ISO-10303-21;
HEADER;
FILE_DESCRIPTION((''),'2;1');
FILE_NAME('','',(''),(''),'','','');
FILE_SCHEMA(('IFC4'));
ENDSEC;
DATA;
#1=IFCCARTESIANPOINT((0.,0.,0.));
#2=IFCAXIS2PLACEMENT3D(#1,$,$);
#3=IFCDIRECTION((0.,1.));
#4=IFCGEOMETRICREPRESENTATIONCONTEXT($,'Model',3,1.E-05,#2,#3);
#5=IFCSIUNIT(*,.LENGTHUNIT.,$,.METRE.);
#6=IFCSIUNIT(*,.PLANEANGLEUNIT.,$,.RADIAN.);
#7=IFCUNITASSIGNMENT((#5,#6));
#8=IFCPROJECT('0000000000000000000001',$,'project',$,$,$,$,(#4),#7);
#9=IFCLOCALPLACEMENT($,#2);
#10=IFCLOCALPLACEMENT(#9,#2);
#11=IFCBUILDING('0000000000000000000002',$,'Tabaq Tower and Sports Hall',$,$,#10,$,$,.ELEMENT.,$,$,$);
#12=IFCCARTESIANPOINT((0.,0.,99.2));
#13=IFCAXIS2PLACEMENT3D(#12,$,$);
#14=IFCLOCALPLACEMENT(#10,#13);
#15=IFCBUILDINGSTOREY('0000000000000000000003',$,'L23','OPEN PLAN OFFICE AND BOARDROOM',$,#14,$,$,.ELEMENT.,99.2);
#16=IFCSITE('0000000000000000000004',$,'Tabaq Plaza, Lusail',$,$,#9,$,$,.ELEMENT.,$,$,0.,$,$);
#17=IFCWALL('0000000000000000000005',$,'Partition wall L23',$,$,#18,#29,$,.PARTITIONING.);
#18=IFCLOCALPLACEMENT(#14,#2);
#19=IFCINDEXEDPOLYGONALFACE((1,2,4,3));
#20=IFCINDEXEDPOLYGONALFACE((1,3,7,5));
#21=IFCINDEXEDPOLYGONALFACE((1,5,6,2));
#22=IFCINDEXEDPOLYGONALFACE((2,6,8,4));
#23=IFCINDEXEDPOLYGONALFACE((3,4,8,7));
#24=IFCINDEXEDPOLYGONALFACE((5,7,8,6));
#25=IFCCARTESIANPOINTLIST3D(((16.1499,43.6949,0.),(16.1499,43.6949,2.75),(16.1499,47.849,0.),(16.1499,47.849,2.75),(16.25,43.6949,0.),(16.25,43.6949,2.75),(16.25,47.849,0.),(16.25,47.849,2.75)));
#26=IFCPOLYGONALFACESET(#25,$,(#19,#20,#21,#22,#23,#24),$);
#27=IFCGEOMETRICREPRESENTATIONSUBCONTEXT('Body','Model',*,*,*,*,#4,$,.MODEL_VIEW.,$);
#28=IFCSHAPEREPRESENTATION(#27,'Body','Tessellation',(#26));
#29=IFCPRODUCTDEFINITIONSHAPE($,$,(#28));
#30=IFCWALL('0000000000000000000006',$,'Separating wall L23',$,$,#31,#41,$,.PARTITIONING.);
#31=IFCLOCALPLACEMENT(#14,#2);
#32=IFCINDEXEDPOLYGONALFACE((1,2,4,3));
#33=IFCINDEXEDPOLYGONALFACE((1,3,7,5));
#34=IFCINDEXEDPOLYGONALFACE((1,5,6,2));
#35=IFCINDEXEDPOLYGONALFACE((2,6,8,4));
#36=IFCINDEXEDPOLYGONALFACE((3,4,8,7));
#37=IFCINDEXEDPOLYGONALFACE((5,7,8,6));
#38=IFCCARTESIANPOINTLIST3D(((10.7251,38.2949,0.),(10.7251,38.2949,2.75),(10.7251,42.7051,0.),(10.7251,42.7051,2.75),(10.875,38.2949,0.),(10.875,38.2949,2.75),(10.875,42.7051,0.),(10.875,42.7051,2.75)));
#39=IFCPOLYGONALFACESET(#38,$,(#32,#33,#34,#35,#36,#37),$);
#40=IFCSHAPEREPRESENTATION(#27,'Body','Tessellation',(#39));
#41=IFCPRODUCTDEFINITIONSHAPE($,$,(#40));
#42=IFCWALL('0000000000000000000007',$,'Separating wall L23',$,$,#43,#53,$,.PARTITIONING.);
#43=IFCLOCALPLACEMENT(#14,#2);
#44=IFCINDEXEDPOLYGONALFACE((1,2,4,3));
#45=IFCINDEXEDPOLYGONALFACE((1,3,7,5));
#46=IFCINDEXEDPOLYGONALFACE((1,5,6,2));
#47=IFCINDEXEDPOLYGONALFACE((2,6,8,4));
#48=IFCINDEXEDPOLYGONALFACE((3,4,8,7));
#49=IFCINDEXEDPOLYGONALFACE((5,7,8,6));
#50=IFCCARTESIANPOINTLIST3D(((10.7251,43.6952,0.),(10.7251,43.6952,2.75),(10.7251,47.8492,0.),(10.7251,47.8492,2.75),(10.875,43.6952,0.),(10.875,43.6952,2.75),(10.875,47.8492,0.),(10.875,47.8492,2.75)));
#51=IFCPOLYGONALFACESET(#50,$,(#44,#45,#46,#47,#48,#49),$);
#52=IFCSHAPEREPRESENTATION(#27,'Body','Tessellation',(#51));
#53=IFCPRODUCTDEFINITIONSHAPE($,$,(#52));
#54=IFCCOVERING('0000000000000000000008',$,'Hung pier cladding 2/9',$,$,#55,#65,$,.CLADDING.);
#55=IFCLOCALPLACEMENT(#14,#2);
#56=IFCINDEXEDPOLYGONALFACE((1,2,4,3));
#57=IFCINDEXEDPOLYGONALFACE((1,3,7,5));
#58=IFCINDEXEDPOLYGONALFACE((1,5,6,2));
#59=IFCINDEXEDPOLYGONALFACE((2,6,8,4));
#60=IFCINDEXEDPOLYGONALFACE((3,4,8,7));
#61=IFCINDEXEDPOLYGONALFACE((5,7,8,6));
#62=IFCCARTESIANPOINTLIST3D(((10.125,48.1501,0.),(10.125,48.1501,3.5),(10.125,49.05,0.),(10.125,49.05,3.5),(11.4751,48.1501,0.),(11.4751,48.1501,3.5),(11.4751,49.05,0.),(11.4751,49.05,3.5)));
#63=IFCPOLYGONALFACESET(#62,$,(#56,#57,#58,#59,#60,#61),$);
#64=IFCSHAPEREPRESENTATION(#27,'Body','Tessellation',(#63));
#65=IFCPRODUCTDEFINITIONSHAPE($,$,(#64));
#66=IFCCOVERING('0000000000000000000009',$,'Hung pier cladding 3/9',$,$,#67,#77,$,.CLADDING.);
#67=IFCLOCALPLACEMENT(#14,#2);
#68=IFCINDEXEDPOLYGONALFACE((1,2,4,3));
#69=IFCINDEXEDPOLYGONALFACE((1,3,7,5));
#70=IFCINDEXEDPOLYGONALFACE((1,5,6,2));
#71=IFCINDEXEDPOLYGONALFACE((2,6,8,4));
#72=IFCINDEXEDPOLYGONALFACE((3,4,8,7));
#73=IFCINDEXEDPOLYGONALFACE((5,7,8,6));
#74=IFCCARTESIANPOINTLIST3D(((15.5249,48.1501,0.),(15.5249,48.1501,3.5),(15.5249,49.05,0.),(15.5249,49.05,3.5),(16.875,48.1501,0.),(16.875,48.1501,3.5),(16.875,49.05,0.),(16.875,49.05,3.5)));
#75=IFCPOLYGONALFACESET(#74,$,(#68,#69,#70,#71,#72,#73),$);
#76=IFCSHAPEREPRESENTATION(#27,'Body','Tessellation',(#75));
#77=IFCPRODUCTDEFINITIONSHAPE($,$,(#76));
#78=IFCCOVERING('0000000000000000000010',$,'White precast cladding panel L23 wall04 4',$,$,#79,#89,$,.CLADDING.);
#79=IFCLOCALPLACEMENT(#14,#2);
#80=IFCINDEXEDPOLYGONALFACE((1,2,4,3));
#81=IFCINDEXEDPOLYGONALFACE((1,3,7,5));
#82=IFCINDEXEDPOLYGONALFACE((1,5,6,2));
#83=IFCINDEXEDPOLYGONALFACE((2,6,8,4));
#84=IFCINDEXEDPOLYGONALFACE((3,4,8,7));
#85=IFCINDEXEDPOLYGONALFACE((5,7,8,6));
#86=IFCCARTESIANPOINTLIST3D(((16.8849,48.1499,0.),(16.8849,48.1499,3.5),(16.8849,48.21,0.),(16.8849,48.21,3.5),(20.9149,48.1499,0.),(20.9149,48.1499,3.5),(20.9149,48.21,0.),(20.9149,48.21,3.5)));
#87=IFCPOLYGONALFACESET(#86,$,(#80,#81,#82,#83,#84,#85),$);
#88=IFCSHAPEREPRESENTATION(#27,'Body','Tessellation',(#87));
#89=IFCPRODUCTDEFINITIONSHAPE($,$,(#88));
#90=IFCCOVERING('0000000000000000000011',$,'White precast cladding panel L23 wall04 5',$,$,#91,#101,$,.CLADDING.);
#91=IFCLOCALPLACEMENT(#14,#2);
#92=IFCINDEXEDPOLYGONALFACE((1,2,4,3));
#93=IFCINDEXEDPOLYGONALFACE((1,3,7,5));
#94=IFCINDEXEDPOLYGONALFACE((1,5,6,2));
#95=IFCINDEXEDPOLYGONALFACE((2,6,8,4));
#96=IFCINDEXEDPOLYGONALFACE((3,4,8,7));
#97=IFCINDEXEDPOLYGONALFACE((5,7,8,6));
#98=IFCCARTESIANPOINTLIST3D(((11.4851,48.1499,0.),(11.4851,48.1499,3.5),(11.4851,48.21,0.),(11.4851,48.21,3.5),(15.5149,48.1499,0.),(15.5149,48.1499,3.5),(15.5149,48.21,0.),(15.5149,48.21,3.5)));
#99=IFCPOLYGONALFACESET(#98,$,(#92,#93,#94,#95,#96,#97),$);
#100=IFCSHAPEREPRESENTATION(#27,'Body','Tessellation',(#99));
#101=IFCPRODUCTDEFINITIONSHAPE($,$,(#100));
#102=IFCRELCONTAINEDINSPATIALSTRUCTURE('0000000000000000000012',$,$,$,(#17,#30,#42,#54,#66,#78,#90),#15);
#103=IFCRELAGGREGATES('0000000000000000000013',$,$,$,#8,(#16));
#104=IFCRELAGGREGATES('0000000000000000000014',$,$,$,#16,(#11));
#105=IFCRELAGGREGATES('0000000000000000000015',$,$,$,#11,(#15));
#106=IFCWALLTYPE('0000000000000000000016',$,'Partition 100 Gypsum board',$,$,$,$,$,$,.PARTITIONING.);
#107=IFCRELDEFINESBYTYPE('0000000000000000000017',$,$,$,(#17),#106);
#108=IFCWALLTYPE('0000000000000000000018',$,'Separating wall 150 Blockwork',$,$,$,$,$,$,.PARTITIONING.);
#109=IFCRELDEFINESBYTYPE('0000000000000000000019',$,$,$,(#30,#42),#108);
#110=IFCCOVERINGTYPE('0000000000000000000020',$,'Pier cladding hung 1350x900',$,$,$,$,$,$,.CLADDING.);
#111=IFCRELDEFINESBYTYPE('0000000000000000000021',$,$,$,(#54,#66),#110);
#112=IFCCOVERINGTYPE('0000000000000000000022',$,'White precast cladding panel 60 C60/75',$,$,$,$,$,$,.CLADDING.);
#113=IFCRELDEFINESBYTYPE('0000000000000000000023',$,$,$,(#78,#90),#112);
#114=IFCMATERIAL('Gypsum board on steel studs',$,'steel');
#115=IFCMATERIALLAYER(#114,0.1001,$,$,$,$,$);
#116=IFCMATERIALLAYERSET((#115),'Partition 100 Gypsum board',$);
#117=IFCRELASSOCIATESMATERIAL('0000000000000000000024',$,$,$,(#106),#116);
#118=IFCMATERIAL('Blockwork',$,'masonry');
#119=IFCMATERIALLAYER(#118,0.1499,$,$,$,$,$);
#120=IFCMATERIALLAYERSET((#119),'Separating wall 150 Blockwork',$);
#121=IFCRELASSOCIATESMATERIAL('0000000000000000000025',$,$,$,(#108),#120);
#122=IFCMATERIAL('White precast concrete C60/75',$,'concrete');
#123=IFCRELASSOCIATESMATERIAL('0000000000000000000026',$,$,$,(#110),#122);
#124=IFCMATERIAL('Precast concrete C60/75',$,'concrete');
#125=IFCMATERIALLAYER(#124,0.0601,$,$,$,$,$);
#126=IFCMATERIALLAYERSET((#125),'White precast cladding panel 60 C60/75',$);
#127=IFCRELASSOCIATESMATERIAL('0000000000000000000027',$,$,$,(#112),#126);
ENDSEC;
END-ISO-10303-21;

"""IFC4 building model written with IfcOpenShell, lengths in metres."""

from ifc_helpers import new_model, si_unit, direction, frame, frame_2d, origin, place, context, subcontext, project, spatial, rectangle, extrude, material, layer, layer_set, type_object, element, save


model = new_model("IFC4")

# Units and contexts
model_context = context("Model", 3, precision=1e-05, world=origin(), true_north=direction((0.0, 1.0)))
body_context = subcontext(model_context, "Body", "Model", "MODEL_VIEW")
ifc_project = project(units=[si_unit("LENGTHUNIT", "METRE"), si_unit("PLANEANGLEUNIT", "RADIAN")], contexts=[model_context])

# Site, building, storey
site_placement = place(None, origin())
site = spatial("IfcSite", under=ifc_project, at=site_placement, Name="Tabaq Plaza, Lusail", CompositionType="ELEMENT", RefElevation=0.0)
building_placement = place(site_placement, origin())
building = spatial("IfcBuilding", under=site, at=building_placement, Name="Tabaq Tower and Sports Hall", CompositionType="ELEMENT")
storey_placement = place(building_placement, frame((0.0, 0.0, 99.2)))
storey = spatial("IfcBuildingStorey", under=building, at=storey_placement, Name="L23", Description="OPEN PLAN OFFICE AND BOARDROOM", CompositionType="ELEMENT", Elevation=99.2)

# Shared definitions
ifc_material_1 = material(Name="Gypsum board on steel studs", Category="steel")
ifc_layer_1 = layer(ifc_material_1, 0.1001)
ifc_layer_set_1 = layer_set([ifc_layer_1], Name="Partition 100 Gypsum board")
wall_type_1 = type_object("IfcWallType", Name="Partition 100 Gypsum board", PredefinedType="PARTITIONING", material=ifc_layer_set_1)

# Walls
wall_1_placement = place(storey_placement, frame((16.2, 47.8491, 0.0), z_axis=(0.0, 0.0, 1.0), x_axis=(0.0, -1.0, 0.0)))
element("IfcWall", 1, at=wall_1_placement, inside=storey, type_object=wall_type_1, Name="Partition wall L23", PredefinedType="PARTITIONING", context=body_context, shape_type="SweptSolid", body=[
    extrude(rectangle(XDim=4.1541, YDim=0.1001, at=frame_2d((2.0771, 0.0))), origin(), (0.0, 0.0, 1.0), 2.75),
])
ifc_material_2 = material(Name="Blockwork", Category="masonry")
ifc_layer_2 = layer(ifc_material_2, 0.1499)
ifc_layer_set_2 = layer_set([ifc_layer_2], Name="Separating wall 150 Blockwork")
wall_type_2 = type_object("IfcWallType", Name="Separating wall 150 Blockwork", PredefinedType="PARTITIONING", material=ifc_layer_set_2)
wall_2_placement = place(storey_placement, frame((10.8, 38.2949, 0.0), z_axis=(0.0, 0.0, 1.0), x_axis=(0.0, 1.0, 0.0)))
element("IfcWall", 2, at=wall_2_placement, inside=storey, type_object=wall_type_2, Name="Separating wall L23", PredefinedType="PARTITIONING", context=body_context, shape_type="SweptSolid", body=[
    extrude(rectangle(XDim=4.4102, YDim=0.1499, at=frame_2d((2.2051, 0.0))), origin(), (0.0, 0.0, 1.0), 2.75),
])
wall_3_placement = place(storey_placement, frame((10.8, 43.6951, 0.0), z_axis=(0.0, 0.0, 1.0), x_axis=(0.0, 1.0, 0.0)))
element("IfcWall", 3, at=wall_3_placement, inside=storey, type_object=wall_type_2, Name="Separating wall L23", PredefinedType="PARTITIONING", context=body_context, shape_type="SweptSolid", body=[
    extrude(rectangle(XDim=4.1541, YDim=0.1499, at=frame_2d((2.0771, 0.0))), origin(), (0.0, 0.0, 1.0), 2.75),
])

# Coverings
ifc_material_3 = material(Name="White precast concrete C60/75", Category="concrete")
covering_type_1 = type_object("IfcCoveringType", Name="Pier cladding hung 1350x900", PredefinedType="CLADDING", material=ifc_material_3)
for number, where, z_axis, x_axis, name in (
    (4, (11.4751, 48.6001, 0.0), (0.0, 0.0, 1.0), (-1.0, 0.0, 0.0), "Hung pier cladding 2/9"),
    (5, (16.875, 48.6001, 0.0), (0.0, 0.0, 1.0), (-1.0, 0.0, 0.0), "Hung pier cladding 3/9"),
):
    element("IfcCovering", number, at=place(storey_placement, frame(where, z_axis=z_axis, x_axis=x_axis)), inside=storey, type_object=covering_type_1, Name=name, PredefinedType="CLADDING", context=body_context, shape_type="SweptSolid", body=[
        extrude(rectangle(XDim=1.3501, YDim=0.8999, at=frame_2d((0.675, 0.0))), origin(), (0.0, 0.0, 1.0), 3.5),
    ])
ifc_material_4 = material(Name="Precast concrete C60/75", Category="concrete")
ifc_layer_3 = layer(ifc_material_4, 0.0601)
ifc_layer_set_3 = layer_set([ifc_layer_3], Name="White precast cladding panel 60 C60/75")
covering_type_2 = type_object("IfcCoveringType", Name="White precast cladding panel 60 C60/75", PredefinedType="CLADDING", material=ifc_layer_set_3)
covering_1_placement = place(storey_placement, frame((20.915, 48.1799, 0.0), z_axis=(0.0, 0.0, 1.0), x_axis=(-1.0, 0.0, 0.0)))
element("IfcCovering", 6, at=covering_1_placement, inside=storey, type_object=covering_type_2, Name="White precast cladding panel L23 wall04 4", PredefinedType="CLADDING", context=body_context, shape_type="SweptSolid", body=[
    extrude(rectangle(XDim=4.03, YDim=0.0601, at=frame_2d((2.0151, 0.0))), origin(), (0.0, 0.0, 1.0), 3.5),
])
covering_2_placement = place(storey_placement, frame((15.5149, 48.1799, 0.0), z_axis=(0.0, 0.0, 1.0), x_axis=(-1.0, 0.0, 0.0)))
element("IfcCovering", 7, at=covering_2_placement, inside=storey, type_object=covering_type_2, Name="White precast cladding panel L23 wall04 5", PredefinedType="CLADDING", context=body_context, shape_type="SweptSolid", body=[
    extrude(rectangle(XDim=4.0298, YDim=0.0601, at=frame_2d((2.0149, 0.0))), origin(), (0.0, 0.0, 1.0), 3.5),
])

save(model, "model.ifc")
